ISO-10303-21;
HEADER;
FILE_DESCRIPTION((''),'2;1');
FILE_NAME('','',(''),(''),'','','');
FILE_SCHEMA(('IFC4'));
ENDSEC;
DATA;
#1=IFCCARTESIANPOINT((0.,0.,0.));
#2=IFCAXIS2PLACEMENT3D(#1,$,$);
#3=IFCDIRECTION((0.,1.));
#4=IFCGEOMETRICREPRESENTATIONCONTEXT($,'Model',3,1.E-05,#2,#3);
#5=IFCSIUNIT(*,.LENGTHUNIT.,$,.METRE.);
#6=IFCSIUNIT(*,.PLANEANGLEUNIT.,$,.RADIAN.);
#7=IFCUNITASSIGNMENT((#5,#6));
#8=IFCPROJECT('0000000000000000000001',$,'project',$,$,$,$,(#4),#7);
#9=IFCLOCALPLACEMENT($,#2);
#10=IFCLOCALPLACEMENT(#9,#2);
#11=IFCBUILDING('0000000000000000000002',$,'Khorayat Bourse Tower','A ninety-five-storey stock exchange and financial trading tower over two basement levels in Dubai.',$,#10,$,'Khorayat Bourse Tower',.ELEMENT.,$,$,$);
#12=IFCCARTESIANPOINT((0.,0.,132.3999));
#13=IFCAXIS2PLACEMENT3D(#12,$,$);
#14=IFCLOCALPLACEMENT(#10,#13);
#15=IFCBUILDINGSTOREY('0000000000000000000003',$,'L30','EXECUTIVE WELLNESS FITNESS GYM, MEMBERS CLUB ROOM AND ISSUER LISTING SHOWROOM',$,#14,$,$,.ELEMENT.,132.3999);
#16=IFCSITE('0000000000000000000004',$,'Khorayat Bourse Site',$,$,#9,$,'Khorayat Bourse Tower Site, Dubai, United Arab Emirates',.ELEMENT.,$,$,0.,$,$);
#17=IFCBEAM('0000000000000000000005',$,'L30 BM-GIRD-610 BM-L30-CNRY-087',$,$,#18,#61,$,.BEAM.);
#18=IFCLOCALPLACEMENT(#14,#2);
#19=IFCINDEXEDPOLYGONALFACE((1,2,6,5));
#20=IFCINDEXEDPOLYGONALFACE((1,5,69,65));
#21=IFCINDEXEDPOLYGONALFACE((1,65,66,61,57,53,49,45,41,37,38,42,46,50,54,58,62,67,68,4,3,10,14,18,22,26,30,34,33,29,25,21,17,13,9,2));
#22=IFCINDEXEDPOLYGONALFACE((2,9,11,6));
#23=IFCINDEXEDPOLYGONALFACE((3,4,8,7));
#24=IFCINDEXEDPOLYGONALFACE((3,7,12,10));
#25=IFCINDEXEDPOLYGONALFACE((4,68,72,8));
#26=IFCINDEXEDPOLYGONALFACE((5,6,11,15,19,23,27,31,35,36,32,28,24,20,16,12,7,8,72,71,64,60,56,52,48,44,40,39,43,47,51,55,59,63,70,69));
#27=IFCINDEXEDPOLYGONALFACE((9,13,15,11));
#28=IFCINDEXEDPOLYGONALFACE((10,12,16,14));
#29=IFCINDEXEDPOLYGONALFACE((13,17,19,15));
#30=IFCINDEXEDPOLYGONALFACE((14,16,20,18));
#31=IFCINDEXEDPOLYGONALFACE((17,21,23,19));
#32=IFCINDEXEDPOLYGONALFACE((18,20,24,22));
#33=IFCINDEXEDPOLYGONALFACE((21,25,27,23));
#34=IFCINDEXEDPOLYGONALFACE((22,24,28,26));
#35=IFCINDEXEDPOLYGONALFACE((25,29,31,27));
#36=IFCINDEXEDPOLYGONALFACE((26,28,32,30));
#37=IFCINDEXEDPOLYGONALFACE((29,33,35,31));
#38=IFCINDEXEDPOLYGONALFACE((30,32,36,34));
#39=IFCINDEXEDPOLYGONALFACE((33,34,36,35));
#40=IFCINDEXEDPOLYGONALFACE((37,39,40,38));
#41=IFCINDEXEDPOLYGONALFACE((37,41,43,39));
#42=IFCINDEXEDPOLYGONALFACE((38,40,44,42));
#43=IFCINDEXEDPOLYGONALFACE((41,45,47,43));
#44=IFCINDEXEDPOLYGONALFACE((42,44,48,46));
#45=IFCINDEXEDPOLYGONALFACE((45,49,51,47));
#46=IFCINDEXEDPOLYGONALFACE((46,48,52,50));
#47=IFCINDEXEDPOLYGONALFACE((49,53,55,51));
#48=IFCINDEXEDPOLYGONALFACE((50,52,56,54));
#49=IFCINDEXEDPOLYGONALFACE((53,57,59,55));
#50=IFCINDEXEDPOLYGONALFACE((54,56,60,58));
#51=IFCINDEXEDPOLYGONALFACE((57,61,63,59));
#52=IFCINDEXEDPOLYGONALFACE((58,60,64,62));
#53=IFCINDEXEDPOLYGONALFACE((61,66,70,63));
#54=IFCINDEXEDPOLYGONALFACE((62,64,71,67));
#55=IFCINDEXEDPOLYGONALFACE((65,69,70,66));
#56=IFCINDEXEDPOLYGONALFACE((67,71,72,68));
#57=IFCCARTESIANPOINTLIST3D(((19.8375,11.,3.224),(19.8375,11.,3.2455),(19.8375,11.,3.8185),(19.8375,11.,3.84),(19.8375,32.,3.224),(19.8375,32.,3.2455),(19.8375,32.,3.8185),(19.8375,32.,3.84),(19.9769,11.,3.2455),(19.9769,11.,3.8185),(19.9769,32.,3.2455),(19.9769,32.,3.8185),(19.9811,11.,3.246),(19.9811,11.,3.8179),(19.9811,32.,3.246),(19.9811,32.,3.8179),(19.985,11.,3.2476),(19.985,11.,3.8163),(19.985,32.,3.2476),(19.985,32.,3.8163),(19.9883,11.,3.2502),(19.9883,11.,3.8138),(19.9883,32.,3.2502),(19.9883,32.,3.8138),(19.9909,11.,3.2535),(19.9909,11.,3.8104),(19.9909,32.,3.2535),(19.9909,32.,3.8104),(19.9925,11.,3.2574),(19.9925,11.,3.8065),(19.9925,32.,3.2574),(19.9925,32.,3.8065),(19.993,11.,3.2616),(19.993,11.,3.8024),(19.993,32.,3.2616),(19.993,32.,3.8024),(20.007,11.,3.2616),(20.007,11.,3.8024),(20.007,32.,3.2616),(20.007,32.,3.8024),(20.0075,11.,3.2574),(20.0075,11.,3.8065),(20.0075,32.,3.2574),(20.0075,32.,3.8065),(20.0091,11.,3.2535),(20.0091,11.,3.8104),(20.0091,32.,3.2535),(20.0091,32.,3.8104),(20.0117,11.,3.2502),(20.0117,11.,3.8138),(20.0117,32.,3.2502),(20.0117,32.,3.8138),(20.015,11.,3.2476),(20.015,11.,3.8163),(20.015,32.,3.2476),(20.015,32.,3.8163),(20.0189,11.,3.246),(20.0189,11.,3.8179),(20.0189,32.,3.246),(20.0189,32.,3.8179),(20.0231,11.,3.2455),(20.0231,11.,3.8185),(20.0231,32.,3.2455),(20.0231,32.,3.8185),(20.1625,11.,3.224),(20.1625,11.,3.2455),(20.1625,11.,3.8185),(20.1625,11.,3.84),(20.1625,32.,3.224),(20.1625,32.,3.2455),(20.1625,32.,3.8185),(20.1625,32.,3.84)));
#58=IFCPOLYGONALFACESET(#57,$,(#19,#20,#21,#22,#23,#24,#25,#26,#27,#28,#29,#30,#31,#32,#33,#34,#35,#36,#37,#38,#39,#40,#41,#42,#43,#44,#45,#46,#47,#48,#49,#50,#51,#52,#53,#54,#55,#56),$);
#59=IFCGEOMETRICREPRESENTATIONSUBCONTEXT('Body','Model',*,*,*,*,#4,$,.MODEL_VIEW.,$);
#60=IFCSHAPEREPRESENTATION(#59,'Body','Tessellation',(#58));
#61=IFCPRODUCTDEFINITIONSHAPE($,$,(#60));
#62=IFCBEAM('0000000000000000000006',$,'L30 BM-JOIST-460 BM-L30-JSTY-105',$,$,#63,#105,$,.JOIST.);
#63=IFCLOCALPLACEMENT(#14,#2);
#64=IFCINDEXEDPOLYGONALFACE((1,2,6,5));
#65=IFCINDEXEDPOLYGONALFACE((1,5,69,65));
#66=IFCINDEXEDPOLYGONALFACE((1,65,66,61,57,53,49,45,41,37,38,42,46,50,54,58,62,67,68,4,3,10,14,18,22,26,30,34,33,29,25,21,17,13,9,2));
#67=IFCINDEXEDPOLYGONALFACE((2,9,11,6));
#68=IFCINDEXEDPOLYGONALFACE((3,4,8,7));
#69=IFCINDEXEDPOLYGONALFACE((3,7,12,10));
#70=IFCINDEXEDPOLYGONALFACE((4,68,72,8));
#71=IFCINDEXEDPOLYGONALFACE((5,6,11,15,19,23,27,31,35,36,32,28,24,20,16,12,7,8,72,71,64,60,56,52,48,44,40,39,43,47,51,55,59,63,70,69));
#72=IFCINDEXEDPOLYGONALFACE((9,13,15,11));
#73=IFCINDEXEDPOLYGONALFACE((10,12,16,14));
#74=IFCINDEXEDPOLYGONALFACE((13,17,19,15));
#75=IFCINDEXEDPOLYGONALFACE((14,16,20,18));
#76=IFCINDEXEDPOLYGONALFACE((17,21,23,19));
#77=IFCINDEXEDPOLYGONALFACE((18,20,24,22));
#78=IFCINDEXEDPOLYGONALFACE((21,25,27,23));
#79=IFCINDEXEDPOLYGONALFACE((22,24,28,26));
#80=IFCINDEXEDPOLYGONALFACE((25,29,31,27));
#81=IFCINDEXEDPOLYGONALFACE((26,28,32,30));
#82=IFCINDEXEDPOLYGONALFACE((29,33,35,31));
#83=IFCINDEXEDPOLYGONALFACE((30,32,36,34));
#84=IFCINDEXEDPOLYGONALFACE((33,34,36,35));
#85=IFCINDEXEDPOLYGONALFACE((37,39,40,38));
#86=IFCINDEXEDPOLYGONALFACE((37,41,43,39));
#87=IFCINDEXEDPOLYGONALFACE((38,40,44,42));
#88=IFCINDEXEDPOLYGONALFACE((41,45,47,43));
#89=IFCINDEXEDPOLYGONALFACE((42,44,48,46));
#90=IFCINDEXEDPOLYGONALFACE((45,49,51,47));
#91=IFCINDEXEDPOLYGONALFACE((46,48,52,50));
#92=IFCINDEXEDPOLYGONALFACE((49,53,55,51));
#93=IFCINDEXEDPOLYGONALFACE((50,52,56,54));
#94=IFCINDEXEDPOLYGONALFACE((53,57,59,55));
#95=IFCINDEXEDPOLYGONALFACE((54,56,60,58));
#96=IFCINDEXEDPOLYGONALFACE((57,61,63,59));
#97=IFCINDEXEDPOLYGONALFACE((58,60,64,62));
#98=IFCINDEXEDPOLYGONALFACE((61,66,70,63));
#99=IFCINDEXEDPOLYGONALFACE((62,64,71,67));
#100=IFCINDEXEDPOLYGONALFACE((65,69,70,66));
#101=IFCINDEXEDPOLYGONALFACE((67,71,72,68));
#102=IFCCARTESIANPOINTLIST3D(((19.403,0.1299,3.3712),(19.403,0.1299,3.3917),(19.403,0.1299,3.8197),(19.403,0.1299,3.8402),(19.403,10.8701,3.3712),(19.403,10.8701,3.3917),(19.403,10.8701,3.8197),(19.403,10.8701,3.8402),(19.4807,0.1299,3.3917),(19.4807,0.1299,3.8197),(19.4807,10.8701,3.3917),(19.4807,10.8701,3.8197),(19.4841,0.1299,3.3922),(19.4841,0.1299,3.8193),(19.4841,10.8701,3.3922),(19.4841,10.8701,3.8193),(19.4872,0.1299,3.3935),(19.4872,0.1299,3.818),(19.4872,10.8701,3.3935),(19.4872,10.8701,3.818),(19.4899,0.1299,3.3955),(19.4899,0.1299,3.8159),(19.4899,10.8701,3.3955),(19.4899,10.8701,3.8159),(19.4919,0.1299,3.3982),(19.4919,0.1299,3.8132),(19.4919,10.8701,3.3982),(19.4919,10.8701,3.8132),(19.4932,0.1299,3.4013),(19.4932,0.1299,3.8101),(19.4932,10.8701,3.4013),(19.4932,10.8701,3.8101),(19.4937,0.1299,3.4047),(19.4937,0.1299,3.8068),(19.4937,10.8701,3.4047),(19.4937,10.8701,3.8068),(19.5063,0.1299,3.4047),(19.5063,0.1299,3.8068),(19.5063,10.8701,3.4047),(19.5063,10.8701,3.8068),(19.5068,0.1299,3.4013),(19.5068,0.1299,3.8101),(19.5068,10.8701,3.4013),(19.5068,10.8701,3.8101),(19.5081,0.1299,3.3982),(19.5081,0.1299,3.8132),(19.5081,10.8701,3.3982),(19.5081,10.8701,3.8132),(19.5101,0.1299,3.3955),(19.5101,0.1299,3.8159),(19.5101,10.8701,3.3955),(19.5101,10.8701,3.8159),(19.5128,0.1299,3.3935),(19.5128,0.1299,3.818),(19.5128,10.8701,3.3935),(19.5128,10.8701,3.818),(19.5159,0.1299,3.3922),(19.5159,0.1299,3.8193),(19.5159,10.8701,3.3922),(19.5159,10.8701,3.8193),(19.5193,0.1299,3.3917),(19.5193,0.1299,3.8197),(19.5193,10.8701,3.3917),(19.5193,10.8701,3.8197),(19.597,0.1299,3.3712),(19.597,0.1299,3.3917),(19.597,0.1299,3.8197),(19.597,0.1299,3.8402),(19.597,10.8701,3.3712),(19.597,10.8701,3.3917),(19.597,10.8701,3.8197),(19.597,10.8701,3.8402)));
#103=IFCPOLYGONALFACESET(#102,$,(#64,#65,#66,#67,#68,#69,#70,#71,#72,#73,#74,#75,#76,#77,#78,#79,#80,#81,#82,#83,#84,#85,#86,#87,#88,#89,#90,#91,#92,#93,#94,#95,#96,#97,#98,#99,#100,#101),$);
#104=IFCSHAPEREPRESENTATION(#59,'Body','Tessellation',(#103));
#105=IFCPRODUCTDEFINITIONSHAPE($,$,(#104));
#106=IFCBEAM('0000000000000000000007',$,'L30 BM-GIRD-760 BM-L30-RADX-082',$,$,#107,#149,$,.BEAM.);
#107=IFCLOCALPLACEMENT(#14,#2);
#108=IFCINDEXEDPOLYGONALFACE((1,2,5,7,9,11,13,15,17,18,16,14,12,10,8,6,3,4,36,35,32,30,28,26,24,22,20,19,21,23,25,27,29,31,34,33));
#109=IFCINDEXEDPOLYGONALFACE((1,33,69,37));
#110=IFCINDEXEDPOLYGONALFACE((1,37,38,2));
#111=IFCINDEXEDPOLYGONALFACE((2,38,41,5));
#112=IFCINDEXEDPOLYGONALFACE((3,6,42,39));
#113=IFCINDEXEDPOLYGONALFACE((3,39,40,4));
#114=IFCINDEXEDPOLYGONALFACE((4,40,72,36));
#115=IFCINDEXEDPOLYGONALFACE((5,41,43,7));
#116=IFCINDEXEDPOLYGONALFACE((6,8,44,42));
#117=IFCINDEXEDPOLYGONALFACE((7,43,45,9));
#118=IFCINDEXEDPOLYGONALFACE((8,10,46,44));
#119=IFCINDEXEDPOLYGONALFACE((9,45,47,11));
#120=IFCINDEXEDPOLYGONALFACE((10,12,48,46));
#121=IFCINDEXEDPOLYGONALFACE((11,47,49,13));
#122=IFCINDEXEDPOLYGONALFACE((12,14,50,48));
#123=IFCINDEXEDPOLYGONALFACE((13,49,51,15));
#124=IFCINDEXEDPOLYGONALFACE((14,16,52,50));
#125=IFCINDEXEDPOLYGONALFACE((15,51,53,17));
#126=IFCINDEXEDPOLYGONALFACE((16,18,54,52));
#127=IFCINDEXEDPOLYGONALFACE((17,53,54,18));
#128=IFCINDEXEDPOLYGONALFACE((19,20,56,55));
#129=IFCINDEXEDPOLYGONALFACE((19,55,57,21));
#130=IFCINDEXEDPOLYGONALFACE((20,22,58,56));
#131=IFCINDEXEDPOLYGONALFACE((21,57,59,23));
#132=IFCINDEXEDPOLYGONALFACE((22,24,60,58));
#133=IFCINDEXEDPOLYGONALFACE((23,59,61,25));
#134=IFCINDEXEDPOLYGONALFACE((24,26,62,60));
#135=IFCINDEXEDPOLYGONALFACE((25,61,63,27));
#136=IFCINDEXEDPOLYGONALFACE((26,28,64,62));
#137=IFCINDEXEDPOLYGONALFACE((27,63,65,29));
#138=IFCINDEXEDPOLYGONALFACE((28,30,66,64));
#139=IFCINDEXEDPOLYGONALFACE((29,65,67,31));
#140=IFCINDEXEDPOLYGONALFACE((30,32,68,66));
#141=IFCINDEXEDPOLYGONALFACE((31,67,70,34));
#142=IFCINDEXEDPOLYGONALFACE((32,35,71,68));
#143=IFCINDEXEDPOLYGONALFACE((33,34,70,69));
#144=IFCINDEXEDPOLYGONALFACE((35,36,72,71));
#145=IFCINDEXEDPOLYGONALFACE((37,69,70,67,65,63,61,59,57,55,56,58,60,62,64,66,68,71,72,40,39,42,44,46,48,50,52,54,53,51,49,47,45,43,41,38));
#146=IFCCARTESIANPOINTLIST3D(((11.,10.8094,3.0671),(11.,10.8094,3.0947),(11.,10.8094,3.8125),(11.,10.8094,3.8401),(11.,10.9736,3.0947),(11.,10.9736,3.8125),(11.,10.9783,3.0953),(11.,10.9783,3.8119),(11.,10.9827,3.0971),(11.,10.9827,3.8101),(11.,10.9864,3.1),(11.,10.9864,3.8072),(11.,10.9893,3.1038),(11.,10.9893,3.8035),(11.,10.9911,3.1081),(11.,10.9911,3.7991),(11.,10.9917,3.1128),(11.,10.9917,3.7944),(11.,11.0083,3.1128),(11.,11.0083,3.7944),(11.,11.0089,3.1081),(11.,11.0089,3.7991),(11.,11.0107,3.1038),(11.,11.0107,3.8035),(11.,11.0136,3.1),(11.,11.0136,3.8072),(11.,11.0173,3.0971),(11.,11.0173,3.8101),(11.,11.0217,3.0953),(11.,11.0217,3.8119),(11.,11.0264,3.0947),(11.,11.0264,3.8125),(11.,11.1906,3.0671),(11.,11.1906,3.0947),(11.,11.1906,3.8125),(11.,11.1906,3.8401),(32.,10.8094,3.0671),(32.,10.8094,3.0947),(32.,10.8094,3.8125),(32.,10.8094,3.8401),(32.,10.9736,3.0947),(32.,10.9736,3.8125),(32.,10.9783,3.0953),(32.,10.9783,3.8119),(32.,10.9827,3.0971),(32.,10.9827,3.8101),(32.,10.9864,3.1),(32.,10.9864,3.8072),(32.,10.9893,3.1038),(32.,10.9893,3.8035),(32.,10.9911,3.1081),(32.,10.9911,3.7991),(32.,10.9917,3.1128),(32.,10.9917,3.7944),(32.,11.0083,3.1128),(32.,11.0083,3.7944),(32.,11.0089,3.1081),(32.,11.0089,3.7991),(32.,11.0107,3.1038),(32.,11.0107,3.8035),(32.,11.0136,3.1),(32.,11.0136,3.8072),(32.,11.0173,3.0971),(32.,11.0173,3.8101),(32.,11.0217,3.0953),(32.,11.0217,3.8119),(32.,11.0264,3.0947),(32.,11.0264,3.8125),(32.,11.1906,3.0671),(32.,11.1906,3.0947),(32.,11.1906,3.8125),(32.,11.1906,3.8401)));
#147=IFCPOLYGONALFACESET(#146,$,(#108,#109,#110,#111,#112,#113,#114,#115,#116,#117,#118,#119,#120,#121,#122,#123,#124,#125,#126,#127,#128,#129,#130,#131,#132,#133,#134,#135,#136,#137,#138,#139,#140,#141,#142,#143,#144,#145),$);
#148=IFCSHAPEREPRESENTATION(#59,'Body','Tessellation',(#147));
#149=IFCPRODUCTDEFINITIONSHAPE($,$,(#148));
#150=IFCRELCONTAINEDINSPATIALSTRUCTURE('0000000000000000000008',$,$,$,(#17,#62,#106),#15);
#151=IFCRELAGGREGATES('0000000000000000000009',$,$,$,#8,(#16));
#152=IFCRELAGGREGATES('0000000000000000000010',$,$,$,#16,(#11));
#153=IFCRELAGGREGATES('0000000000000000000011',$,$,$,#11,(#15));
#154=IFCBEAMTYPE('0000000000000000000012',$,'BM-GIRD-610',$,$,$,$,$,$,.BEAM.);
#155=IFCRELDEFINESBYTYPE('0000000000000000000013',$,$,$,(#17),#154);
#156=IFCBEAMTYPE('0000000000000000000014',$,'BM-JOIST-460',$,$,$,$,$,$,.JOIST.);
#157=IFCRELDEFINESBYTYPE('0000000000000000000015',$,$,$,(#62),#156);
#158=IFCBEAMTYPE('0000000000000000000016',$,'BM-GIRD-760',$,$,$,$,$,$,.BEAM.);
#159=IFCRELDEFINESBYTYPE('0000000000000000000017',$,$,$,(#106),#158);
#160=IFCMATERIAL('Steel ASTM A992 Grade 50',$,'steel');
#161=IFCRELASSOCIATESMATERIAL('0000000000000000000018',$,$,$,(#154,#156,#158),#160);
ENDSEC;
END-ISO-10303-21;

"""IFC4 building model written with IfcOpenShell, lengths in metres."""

from ifc_helpers import new_model, si_unit, direction, frame, origin, origin_2d, place, context, subcontext, project, spatial, i_section, extrude, source, transform, mapped, material, material_profile, profile_set, type_object, element, save


model = new_model("IFC4")

# Units and contexts
model_context = context("Model", 3, precision=1e-05, world=origin(), true_north=direction((0.0, 1.0)))
body_context = subcontext(model_context, "Body", "Model", "MODEL_VIEW")
ifc_project = project(units=[si_unit("LENGTHUNIT", "METRE"), si_unit("PLANEANGLEUNIT", "RADIAN")], contexts=[model_context])

# Site, building, storey
site_placement = place(None, origin())
site = spatial("IfcSite", under=ifc_project, at=site_placement, Name="Khorayat Bourse Site", LongName="Khorayat Bourse Tower Site, Dubai, United Arab Emirates", CompositionType="ELEMENT", RefElevation=0.0)
building_placement = place(site_placement, origin())
building = spatial("IfcBuilding", under=site, at=building_placement, Name="Khorayat Bourse Tower", Description="A ninety-five-storey stock exchange and financial trading tower over two basement levels in Dubai.", LongName="Khorayat Bourse Tower", CompositionType="ELEMENT")
storey_placement = place(building_placement, frame((0.0, 0.0, 132.3999)))
storey = spatial("IfcBuildingStorey", under=building, at=storey_placement, Name="L30", Description="EXECUTIVE WELLNESS FITNESS GYM, MEMBERS CLUB ROOM AND ISSUER LISTING SHOWROOM", CompositionType="ELEMENT", Elevation=132.3999)

# Beams
ifc_material_1 = material(Name="Steel ASTM A992 Grade 50", Category="steel")
ifc_material_profile_1 = material_profile(ifc_material_1, i_section(OverallWidth=0.325, OverallDepth=0.616, WebThickness=0.0139, FlangeThickness=0.0215, FilletRadius=0.0161, at=origin_2d()), Name="W610X174")
ifc_profile_set_1 = profile_set([ifc_material_profile_1], Name="Steel ASTM A992 Grade 50")
beam_type_1 = type_object("IfcBeamType", Name="BM-GIRD-610", PredefinedType="BEAM", material=ifc_profile_set_1)
shared_shape_1 = source(origin(), body_context, "Body", "SweptSolid", [
    extrude(i_section(OverallWidth=0.325, OverallDepth=0.616, WebThickness=0.0139, FlangeThickness=0.0215, FilletRadius=0.0161, at=origin_2d()), origin(), (0.0, 0.0, 1.0), 21.0),
])
beam_1_placement = place(storey_placement, frame((20.0, 11.0, 3.532), z_axis=(0.0, 1.0, 0.0), x_axis=(-1.0, 0.0, 0.0)))
element("IfcBeam", 1, at=beam_1_placement, inside=storey, type_object=beam_type_1, Name="L30 BM-GIRD-610 BM-L30-CNRY-087", PredefinedType="BEAM", context=body_context, shape_type="MappedRepresentation", body=[
    mapped(shared_shape_1, transform((0.0, 0.0, 0.0), scale=1.0)),
])
ifc_material_profile_2 = material_profile(ifc_material_1, i_section(OverallWidth=0.1941, OverallDepth=0.469, WebThickness=0.0127, FlangeThickness=0.0205, FilletRadius=0.0129, at=origin_2d()), Name="W460X106")
ifc_profile_set_2 = profile_set([ifc_material_profile_2], Name="Steel ASTM A992 Grade 50")
beam_type_2 = type_object("IfcBeamType", Name="BM-JOIST-460", PredefinedType="JOIST", material=ifc_profile_set_2)
shared_shape_2 = source(origin(), body_context, "Body", "SweptSolid", [
    extrude(i_section(OverallWidth=0.1941, OverallDepth=0.469, WebThickness=0.0127, FlangeThickness=0.0205, FilletRadius=0.0129, at=origin_2d()), origin(), (0.0, 0.0, 1.0), 10.7402),
])
beam_2_placement = place(storey_placement, frame((19.5, 0.1299, 3.6057), z_axis=(0.0, 1.0, 0.0), x_axis=(-1.0, 0.0, 0.0)))
element("IfcBeam", 2, at=beam_2_placement, inside=storey, type_object=beam_type_2, Name="L30 BM-JOIST-460 BM-L30-JSTY-105", PredefinedType="JOIST", context=body_context, shape_type="MappedRepresentation", body=[
    mapped(shared_shape_2, transform((0.0, 0.0, 0.0), scale=1.0)),
])
ifc_material_profile_3 = material_profile(ifc_material_1, i_section(OverallWidth=0.3811, OverallDepth=0.7729, WebThickness=0.0166, FlangeThickness=0.0276, FilletRadius=0.0181, at=origin_2d()), Name="W760X257")
ifc_profile_set_3 = profile_set([ifc_material_profile_3], Name="Steel ASTM A992 Grade 50")
beam_type_3 = type_object("IfcBeamType", Name="BM-GIRD-760", PredefinedType="BEAM", material=ifc_profile_set_3)
shared_shape_3 = source(origin(), body_context, "Body", "SweptSolid", [
    extrude(i_section(OverallWidth=0.3811, OverallDepth=0.7729, WebThickness=0.0166, FlangeThickness=0.0276, FilletRadius=0.0181, at=origin_2d()), origin(), (0.0, 0.0, 1.0), 21.0),
])
beam_3_placement = place(storey_placement, frame((11.0, 11.0, 3.4536), z_axis=(1.0, 0.0, 0.0), x_axis=(0.0, 1.0, 0.0)))
element("IfcBeam", 3, at=beam_3_placement, inside=storey, type_object=beam_type_3, Name="L30 BM-GIRD-760 BM-L30-RADX-082", PredefinedType="BEAM", context=body_context, shape_type="MappedRepresentation", body=[
    mapped(shared_shape_3, transform((0.0, 0.0, 0.0), scale=1.0)),
])

save(model, "model.ifc")
